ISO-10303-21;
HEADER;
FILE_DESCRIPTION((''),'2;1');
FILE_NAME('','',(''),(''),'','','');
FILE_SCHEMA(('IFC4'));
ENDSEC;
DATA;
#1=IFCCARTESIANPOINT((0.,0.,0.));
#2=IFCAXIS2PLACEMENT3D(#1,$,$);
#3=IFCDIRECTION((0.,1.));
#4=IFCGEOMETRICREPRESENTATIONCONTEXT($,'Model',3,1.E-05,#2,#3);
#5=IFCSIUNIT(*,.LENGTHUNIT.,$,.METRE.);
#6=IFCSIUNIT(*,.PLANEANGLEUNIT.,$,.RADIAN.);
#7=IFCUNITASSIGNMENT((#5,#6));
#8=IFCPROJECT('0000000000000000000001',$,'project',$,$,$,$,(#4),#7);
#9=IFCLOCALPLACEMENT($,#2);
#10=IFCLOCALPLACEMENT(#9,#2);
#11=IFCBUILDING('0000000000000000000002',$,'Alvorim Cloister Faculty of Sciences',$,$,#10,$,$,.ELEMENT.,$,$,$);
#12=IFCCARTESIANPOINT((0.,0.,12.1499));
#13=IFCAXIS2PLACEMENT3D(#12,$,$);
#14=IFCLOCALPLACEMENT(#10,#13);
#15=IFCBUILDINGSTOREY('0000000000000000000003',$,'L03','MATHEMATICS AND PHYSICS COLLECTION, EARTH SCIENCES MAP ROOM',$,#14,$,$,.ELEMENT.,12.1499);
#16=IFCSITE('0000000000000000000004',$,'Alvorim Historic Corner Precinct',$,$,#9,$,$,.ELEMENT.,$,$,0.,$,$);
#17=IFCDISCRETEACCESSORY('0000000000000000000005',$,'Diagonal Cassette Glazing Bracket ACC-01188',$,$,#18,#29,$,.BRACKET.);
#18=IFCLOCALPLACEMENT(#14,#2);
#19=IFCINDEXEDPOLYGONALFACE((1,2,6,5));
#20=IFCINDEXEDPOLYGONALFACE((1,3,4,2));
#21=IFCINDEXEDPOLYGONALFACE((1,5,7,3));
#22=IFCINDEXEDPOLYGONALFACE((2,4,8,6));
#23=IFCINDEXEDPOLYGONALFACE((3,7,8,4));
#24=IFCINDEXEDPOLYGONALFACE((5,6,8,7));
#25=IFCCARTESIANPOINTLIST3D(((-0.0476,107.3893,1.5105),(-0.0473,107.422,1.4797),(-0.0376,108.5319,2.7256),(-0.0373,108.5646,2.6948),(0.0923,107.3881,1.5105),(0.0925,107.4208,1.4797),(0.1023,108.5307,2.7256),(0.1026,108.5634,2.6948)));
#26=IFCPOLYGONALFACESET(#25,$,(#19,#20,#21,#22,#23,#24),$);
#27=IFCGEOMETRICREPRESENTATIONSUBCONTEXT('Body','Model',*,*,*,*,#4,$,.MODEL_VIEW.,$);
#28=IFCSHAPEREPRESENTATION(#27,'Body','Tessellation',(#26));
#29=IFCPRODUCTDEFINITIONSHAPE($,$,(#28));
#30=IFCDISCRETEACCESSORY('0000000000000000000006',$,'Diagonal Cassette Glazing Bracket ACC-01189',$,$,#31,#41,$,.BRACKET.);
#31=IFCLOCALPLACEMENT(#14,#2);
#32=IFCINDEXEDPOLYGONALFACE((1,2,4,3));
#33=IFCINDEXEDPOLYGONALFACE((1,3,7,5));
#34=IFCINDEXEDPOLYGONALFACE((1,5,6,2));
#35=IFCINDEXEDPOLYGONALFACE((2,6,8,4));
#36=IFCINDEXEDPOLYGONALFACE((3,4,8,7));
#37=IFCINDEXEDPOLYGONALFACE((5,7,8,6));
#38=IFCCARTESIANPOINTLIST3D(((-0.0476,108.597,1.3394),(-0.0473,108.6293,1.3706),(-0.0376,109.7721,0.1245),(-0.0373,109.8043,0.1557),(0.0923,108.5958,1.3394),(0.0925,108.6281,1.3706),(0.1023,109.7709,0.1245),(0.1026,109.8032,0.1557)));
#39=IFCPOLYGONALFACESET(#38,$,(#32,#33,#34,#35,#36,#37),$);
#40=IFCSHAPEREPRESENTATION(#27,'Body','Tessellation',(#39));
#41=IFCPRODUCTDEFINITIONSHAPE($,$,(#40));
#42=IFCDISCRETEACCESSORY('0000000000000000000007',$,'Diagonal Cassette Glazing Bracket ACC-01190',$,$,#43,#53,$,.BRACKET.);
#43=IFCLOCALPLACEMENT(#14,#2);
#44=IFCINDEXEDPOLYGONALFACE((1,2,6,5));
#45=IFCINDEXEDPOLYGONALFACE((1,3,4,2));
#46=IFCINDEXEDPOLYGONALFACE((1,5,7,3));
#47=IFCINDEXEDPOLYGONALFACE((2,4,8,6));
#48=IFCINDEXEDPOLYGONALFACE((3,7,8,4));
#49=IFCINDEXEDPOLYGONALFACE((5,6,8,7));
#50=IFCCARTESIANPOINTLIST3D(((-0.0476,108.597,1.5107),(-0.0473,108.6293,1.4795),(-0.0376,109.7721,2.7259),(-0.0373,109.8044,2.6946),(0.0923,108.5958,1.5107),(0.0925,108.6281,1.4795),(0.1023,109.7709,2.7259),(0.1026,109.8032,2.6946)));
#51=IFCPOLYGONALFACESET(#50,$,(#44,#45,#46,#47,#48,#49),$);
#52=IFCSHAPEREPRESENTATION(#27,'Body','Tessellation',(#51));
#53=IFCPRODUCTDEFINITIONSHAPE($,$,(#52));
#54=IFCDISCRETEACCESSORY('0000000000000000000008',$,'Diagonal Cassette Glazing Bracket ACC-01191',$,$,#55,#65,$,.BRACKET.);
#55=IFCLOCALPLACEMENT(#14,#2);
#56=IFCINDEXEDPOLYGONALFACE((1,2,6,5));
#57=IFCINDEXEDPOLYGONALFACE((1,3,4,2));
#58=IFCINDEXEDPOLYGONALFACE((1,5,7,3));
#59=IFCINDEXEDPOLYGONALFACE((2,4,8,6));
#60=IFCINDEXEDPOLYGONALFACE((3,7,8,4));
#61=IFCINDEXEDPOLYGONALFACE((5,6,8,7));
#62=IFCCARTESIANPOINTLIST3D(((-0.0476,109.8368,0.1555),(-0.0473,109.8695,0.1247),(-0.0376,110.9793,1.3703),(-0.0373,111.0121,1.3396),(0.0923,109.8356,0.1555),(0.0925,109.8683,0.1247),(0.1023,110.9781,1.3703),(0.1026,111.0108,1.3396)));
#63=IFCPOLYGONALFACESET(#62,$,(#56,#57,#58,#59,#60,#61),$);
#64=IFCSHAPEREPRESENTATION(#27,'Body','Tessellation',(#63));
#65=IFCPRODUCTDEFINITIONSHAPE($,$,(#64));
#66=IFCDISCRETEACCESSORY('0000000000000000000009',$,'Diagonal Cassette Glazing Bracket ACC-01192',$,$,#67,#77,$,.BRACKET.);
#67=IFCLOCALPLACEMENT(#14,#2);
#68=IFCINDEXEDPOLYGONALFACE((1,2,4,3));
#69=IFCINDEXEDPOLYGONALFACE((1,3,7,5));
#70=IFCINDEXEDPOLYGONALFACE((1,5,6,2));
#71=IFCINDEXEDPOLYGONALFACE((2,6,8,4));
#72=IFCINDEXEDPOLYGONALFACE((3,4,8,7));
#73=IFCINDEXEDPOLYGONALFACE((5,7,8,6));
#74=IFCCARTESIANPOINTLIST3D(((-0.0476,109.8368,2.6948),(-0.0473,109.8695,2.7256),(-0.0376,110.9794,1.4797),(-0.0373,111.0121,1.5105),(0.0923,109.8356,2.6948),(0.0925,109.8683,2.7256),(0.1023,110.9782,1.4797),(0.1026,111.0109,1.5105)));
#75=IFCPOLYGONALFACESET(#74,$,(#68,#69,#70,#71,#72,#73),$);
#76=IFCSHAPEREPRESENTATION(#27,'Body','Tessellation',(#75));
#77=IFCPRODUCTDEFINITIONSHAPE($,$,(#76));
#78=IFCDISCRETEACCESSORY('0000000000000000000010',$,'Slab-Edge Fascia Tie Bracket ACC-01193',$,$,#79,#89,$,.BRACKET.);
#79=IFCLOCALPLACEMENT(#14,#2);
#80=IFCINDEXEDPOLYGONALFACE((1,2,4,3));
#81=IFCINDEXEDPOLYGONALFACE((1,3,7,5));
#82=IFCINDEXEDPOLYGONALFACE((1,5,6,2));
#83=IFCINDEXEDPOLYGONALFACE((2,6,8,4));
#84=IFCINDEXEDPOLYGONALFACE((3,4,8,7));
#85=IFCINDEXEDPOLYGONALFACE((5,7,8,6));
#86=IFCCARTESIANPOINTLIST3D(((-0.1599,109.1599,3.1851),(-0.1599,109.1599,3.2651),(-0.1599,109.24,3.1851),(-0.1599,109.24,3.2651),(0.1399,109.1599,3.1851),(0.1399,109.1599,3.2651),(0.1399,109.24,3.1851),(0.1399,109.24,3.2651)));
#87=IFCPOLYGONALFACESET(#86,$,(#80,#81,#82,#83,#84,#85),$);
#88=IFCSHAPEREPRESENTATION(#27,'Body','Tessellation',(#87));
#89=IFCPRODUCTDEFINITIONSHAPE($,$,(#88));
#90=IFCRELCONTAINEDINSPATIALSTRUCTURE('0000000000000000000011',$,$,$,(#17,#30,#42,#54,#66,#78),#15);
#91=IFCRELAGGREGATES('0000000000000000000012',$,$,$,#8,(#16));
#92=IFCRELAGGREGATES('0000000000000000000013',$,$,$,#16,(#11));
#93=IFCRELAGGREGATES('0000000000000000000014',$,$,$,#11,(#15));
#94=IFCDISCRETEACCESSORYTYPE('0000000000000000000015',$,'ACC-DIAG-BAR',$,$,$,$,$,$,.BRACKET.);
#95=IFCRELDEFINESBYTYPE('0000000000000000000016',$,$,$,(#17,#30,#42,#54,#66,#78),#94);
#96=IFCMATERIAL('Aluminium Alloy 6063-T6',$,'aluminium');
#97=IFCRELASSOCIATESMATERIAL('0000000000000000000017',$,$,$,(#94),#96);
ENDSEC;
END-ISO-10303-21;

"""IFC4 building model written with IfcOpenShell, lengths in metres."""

from ifc_helpers import new_model, si_unit, direction, frame, origin, origin_2d, place, context, subcontext, project, spatial, rectangle, extrude, material, type_object, element, save


model = new_model("IFC4")

# Units and contexts
model_context = context("Model", 3, precision=1e-05, world=origin(), true_north=direction((0.0, 1.0)))
body_context = subcontext(model_context, "Body", "Model", "MODEL_VIEW")
ifc_project = project(units=[si_unit("LENGTHUNIT", "METRE"), si_unit("PLANEANGLEUNIT", "RADIAN")], contexts=[model_context])

# Site, building, storey
site_placement = place(None, origin())
site = spatial("IfcSite", under=ifc_project, at=site_placement, Name="Alvorim Historic Corner Precinct", CompositionType="ELEMENT", RefElevation=0.0)
building_placement = place(site_placement, origin())
building = spatial("IfcBuilding", under=site, at=building_placement, Name="Alvorim Cloister Faculty of Sciences", CompositionType="ELEMENT")
storey_placement = place(building_placement, frame((0.0, 0.0, 12.1499)))
storey = spatial("IfcBuildingStorey", under=building, at=storey_placement, Name="L03", Description="MATHEMATICS AND PHYSICS COLLECTION, EARTH SCIENCES MAP ROOM", CompositionType="ELEMENT", Elevation=12.1499)

# Shared definitions
ifc_material_1 = material(Name="Aluminium Alloy 6063-T6", Category="aluminium")

# Discrete accessories
discrete_accessory_type = type_object("IfcDiscreteAccessoryType", Name="ACC-DIAG-BAR", PredefinedType="BRACKET", material=ifc_material_1)
discrete_accessory_1_placement = place(storey_placement, frame((0.0225, 107.405, 1.4951), z_axis=(0.006001, 0.685024, 0.728496), x_axis=(-0.999962, 0.00876, 0.0)))
element("IfcDiscreteAccessory", 1, at=discrete_accessory_1_placement, inside=storey, type_object=discrete_accessory_type, Name="Diagonal Cassette Glazing Bracket ACC-01188", PredefinedType="BRACKET", context=body_context, shape_type="SweptSolid", body=[
    extrude(rectangle(XDim=0.1399, YDim=0.0449, at=origin_2d()), origin(), (0.0, 0.0, 1.0), 1.668),
])
discrete_accessory_2_placement = place(storey_placement, frame((0.0225, 108.6125, 1.355), z_axis=(0.005922, 0.695224, -0.718769), x_axis=(-0.999964, 0.008518, 0.0)))
element("IfcDiscreteAccessory", 2, at=discrete_accessory_2_placement, inside=storey, type_object=discrete_accessory_type, Name="Diagonal Cassette Glazing Bracket ACC-01189", PredefinedType="BRACKET", context=body_context, shape_type="SweptSolid", body=[
    extrude(rectangle(XDim=0.1399, YDim=0.0449, at=origin_2d()), origin(), (0.0, 0.0, 1.0), 1.6902),
])
discrete_accessory_3_placement = place(storey_placement, frame((0.0225, 108.6125, 1.4951), z_axis=(0.005922, 0.695152, 0.718839), x_axis=(-0.999964, 0.008518, 0.0)))
element("IfcDiscreteAccessory", 3, at=discrete_accessory_3_placement, inside=storey, type_object=discrete_accessory_type, Name="Diagonal Cassette Glazing Bracket ACC-01190", PredefinedType="BRACKET", context=body_context, shape_type="SweptSolid", body=[
    extrude(rectangle(XDim=0.1399, YDim=0.0449, at=origin_2d()), origin(), (0.0, 0.0, 1.0), 1.6904),
])
discrete_accessory_4_placement = place(storey_placement, frame((0.0225, 109.8525, 0.1401), z_axis=(0.006002, 0.685097, 0.728427), x_axis=(-0.999962, 0.00876, 0.0)))
element("IfcDiscreteAccessory", 4, at=discrete_accessory_4_placement, inside=storey, type_object=discrete_accessory_type, Name="Diagonal Cassette Glazing Bracket ACC-01191", PredefinedType="BRACKET", context=body_context, shape_type="SweptSolid", body=[
    extrude(rectangle(XDim=0.1399, YDim=0.0449, at=origin_2d()), origin(), (0.0, 0.0, 1.0), 1.6677),
])
discrete_accessory_5_placement = place(storey_placement, frame((0.0225, 109.8525, 2.7102), z_axis=(0.006001, 0.685024, -0.728496), x_axis=(-0.999962, 0.00876, 0.0)))
element("IfcDiscreteAccessory", 5, at=discrete_accessory_5_placement, inside=storey, type_object=discrete_accessory_type, Name="Diagonal Cassette Glazing Bracket ACC-01192", PredefinedType="BRACKET", context=body_context, shape_type="SweptSolid", body=[
    extrude(rectangle(XDim=0.1399, YDim=0.0449, at=origin_2d()), origin(), (0.0, 0.0, 1.0), 1.668),
])
discrete_accessory_6_placement = place(storey_placement, frame((0.1399, 109.2, 3.2251), z_axis=(-1.0, 0.0, 0.0), x_axis=(0.0, -1.0, 0.0)))
element("IfcDiscreteAccessory", 6, at=discrete_accessory_6_placement, inside=storey, type_object=discrete_accessory_type, Name="Slab-Edge Fascia Tie Bracket ACC-01193", PredefinedType="BRACKET", context=body_context, shape_type="SweptSolid", body=[
    extrude(rectangle(XDim=0.0801, YDim=0.0801, at=origin_2d()), origin(), (0.0, 0.0, 1.0), 0.2998),
])

save(model, "model.ifc")
